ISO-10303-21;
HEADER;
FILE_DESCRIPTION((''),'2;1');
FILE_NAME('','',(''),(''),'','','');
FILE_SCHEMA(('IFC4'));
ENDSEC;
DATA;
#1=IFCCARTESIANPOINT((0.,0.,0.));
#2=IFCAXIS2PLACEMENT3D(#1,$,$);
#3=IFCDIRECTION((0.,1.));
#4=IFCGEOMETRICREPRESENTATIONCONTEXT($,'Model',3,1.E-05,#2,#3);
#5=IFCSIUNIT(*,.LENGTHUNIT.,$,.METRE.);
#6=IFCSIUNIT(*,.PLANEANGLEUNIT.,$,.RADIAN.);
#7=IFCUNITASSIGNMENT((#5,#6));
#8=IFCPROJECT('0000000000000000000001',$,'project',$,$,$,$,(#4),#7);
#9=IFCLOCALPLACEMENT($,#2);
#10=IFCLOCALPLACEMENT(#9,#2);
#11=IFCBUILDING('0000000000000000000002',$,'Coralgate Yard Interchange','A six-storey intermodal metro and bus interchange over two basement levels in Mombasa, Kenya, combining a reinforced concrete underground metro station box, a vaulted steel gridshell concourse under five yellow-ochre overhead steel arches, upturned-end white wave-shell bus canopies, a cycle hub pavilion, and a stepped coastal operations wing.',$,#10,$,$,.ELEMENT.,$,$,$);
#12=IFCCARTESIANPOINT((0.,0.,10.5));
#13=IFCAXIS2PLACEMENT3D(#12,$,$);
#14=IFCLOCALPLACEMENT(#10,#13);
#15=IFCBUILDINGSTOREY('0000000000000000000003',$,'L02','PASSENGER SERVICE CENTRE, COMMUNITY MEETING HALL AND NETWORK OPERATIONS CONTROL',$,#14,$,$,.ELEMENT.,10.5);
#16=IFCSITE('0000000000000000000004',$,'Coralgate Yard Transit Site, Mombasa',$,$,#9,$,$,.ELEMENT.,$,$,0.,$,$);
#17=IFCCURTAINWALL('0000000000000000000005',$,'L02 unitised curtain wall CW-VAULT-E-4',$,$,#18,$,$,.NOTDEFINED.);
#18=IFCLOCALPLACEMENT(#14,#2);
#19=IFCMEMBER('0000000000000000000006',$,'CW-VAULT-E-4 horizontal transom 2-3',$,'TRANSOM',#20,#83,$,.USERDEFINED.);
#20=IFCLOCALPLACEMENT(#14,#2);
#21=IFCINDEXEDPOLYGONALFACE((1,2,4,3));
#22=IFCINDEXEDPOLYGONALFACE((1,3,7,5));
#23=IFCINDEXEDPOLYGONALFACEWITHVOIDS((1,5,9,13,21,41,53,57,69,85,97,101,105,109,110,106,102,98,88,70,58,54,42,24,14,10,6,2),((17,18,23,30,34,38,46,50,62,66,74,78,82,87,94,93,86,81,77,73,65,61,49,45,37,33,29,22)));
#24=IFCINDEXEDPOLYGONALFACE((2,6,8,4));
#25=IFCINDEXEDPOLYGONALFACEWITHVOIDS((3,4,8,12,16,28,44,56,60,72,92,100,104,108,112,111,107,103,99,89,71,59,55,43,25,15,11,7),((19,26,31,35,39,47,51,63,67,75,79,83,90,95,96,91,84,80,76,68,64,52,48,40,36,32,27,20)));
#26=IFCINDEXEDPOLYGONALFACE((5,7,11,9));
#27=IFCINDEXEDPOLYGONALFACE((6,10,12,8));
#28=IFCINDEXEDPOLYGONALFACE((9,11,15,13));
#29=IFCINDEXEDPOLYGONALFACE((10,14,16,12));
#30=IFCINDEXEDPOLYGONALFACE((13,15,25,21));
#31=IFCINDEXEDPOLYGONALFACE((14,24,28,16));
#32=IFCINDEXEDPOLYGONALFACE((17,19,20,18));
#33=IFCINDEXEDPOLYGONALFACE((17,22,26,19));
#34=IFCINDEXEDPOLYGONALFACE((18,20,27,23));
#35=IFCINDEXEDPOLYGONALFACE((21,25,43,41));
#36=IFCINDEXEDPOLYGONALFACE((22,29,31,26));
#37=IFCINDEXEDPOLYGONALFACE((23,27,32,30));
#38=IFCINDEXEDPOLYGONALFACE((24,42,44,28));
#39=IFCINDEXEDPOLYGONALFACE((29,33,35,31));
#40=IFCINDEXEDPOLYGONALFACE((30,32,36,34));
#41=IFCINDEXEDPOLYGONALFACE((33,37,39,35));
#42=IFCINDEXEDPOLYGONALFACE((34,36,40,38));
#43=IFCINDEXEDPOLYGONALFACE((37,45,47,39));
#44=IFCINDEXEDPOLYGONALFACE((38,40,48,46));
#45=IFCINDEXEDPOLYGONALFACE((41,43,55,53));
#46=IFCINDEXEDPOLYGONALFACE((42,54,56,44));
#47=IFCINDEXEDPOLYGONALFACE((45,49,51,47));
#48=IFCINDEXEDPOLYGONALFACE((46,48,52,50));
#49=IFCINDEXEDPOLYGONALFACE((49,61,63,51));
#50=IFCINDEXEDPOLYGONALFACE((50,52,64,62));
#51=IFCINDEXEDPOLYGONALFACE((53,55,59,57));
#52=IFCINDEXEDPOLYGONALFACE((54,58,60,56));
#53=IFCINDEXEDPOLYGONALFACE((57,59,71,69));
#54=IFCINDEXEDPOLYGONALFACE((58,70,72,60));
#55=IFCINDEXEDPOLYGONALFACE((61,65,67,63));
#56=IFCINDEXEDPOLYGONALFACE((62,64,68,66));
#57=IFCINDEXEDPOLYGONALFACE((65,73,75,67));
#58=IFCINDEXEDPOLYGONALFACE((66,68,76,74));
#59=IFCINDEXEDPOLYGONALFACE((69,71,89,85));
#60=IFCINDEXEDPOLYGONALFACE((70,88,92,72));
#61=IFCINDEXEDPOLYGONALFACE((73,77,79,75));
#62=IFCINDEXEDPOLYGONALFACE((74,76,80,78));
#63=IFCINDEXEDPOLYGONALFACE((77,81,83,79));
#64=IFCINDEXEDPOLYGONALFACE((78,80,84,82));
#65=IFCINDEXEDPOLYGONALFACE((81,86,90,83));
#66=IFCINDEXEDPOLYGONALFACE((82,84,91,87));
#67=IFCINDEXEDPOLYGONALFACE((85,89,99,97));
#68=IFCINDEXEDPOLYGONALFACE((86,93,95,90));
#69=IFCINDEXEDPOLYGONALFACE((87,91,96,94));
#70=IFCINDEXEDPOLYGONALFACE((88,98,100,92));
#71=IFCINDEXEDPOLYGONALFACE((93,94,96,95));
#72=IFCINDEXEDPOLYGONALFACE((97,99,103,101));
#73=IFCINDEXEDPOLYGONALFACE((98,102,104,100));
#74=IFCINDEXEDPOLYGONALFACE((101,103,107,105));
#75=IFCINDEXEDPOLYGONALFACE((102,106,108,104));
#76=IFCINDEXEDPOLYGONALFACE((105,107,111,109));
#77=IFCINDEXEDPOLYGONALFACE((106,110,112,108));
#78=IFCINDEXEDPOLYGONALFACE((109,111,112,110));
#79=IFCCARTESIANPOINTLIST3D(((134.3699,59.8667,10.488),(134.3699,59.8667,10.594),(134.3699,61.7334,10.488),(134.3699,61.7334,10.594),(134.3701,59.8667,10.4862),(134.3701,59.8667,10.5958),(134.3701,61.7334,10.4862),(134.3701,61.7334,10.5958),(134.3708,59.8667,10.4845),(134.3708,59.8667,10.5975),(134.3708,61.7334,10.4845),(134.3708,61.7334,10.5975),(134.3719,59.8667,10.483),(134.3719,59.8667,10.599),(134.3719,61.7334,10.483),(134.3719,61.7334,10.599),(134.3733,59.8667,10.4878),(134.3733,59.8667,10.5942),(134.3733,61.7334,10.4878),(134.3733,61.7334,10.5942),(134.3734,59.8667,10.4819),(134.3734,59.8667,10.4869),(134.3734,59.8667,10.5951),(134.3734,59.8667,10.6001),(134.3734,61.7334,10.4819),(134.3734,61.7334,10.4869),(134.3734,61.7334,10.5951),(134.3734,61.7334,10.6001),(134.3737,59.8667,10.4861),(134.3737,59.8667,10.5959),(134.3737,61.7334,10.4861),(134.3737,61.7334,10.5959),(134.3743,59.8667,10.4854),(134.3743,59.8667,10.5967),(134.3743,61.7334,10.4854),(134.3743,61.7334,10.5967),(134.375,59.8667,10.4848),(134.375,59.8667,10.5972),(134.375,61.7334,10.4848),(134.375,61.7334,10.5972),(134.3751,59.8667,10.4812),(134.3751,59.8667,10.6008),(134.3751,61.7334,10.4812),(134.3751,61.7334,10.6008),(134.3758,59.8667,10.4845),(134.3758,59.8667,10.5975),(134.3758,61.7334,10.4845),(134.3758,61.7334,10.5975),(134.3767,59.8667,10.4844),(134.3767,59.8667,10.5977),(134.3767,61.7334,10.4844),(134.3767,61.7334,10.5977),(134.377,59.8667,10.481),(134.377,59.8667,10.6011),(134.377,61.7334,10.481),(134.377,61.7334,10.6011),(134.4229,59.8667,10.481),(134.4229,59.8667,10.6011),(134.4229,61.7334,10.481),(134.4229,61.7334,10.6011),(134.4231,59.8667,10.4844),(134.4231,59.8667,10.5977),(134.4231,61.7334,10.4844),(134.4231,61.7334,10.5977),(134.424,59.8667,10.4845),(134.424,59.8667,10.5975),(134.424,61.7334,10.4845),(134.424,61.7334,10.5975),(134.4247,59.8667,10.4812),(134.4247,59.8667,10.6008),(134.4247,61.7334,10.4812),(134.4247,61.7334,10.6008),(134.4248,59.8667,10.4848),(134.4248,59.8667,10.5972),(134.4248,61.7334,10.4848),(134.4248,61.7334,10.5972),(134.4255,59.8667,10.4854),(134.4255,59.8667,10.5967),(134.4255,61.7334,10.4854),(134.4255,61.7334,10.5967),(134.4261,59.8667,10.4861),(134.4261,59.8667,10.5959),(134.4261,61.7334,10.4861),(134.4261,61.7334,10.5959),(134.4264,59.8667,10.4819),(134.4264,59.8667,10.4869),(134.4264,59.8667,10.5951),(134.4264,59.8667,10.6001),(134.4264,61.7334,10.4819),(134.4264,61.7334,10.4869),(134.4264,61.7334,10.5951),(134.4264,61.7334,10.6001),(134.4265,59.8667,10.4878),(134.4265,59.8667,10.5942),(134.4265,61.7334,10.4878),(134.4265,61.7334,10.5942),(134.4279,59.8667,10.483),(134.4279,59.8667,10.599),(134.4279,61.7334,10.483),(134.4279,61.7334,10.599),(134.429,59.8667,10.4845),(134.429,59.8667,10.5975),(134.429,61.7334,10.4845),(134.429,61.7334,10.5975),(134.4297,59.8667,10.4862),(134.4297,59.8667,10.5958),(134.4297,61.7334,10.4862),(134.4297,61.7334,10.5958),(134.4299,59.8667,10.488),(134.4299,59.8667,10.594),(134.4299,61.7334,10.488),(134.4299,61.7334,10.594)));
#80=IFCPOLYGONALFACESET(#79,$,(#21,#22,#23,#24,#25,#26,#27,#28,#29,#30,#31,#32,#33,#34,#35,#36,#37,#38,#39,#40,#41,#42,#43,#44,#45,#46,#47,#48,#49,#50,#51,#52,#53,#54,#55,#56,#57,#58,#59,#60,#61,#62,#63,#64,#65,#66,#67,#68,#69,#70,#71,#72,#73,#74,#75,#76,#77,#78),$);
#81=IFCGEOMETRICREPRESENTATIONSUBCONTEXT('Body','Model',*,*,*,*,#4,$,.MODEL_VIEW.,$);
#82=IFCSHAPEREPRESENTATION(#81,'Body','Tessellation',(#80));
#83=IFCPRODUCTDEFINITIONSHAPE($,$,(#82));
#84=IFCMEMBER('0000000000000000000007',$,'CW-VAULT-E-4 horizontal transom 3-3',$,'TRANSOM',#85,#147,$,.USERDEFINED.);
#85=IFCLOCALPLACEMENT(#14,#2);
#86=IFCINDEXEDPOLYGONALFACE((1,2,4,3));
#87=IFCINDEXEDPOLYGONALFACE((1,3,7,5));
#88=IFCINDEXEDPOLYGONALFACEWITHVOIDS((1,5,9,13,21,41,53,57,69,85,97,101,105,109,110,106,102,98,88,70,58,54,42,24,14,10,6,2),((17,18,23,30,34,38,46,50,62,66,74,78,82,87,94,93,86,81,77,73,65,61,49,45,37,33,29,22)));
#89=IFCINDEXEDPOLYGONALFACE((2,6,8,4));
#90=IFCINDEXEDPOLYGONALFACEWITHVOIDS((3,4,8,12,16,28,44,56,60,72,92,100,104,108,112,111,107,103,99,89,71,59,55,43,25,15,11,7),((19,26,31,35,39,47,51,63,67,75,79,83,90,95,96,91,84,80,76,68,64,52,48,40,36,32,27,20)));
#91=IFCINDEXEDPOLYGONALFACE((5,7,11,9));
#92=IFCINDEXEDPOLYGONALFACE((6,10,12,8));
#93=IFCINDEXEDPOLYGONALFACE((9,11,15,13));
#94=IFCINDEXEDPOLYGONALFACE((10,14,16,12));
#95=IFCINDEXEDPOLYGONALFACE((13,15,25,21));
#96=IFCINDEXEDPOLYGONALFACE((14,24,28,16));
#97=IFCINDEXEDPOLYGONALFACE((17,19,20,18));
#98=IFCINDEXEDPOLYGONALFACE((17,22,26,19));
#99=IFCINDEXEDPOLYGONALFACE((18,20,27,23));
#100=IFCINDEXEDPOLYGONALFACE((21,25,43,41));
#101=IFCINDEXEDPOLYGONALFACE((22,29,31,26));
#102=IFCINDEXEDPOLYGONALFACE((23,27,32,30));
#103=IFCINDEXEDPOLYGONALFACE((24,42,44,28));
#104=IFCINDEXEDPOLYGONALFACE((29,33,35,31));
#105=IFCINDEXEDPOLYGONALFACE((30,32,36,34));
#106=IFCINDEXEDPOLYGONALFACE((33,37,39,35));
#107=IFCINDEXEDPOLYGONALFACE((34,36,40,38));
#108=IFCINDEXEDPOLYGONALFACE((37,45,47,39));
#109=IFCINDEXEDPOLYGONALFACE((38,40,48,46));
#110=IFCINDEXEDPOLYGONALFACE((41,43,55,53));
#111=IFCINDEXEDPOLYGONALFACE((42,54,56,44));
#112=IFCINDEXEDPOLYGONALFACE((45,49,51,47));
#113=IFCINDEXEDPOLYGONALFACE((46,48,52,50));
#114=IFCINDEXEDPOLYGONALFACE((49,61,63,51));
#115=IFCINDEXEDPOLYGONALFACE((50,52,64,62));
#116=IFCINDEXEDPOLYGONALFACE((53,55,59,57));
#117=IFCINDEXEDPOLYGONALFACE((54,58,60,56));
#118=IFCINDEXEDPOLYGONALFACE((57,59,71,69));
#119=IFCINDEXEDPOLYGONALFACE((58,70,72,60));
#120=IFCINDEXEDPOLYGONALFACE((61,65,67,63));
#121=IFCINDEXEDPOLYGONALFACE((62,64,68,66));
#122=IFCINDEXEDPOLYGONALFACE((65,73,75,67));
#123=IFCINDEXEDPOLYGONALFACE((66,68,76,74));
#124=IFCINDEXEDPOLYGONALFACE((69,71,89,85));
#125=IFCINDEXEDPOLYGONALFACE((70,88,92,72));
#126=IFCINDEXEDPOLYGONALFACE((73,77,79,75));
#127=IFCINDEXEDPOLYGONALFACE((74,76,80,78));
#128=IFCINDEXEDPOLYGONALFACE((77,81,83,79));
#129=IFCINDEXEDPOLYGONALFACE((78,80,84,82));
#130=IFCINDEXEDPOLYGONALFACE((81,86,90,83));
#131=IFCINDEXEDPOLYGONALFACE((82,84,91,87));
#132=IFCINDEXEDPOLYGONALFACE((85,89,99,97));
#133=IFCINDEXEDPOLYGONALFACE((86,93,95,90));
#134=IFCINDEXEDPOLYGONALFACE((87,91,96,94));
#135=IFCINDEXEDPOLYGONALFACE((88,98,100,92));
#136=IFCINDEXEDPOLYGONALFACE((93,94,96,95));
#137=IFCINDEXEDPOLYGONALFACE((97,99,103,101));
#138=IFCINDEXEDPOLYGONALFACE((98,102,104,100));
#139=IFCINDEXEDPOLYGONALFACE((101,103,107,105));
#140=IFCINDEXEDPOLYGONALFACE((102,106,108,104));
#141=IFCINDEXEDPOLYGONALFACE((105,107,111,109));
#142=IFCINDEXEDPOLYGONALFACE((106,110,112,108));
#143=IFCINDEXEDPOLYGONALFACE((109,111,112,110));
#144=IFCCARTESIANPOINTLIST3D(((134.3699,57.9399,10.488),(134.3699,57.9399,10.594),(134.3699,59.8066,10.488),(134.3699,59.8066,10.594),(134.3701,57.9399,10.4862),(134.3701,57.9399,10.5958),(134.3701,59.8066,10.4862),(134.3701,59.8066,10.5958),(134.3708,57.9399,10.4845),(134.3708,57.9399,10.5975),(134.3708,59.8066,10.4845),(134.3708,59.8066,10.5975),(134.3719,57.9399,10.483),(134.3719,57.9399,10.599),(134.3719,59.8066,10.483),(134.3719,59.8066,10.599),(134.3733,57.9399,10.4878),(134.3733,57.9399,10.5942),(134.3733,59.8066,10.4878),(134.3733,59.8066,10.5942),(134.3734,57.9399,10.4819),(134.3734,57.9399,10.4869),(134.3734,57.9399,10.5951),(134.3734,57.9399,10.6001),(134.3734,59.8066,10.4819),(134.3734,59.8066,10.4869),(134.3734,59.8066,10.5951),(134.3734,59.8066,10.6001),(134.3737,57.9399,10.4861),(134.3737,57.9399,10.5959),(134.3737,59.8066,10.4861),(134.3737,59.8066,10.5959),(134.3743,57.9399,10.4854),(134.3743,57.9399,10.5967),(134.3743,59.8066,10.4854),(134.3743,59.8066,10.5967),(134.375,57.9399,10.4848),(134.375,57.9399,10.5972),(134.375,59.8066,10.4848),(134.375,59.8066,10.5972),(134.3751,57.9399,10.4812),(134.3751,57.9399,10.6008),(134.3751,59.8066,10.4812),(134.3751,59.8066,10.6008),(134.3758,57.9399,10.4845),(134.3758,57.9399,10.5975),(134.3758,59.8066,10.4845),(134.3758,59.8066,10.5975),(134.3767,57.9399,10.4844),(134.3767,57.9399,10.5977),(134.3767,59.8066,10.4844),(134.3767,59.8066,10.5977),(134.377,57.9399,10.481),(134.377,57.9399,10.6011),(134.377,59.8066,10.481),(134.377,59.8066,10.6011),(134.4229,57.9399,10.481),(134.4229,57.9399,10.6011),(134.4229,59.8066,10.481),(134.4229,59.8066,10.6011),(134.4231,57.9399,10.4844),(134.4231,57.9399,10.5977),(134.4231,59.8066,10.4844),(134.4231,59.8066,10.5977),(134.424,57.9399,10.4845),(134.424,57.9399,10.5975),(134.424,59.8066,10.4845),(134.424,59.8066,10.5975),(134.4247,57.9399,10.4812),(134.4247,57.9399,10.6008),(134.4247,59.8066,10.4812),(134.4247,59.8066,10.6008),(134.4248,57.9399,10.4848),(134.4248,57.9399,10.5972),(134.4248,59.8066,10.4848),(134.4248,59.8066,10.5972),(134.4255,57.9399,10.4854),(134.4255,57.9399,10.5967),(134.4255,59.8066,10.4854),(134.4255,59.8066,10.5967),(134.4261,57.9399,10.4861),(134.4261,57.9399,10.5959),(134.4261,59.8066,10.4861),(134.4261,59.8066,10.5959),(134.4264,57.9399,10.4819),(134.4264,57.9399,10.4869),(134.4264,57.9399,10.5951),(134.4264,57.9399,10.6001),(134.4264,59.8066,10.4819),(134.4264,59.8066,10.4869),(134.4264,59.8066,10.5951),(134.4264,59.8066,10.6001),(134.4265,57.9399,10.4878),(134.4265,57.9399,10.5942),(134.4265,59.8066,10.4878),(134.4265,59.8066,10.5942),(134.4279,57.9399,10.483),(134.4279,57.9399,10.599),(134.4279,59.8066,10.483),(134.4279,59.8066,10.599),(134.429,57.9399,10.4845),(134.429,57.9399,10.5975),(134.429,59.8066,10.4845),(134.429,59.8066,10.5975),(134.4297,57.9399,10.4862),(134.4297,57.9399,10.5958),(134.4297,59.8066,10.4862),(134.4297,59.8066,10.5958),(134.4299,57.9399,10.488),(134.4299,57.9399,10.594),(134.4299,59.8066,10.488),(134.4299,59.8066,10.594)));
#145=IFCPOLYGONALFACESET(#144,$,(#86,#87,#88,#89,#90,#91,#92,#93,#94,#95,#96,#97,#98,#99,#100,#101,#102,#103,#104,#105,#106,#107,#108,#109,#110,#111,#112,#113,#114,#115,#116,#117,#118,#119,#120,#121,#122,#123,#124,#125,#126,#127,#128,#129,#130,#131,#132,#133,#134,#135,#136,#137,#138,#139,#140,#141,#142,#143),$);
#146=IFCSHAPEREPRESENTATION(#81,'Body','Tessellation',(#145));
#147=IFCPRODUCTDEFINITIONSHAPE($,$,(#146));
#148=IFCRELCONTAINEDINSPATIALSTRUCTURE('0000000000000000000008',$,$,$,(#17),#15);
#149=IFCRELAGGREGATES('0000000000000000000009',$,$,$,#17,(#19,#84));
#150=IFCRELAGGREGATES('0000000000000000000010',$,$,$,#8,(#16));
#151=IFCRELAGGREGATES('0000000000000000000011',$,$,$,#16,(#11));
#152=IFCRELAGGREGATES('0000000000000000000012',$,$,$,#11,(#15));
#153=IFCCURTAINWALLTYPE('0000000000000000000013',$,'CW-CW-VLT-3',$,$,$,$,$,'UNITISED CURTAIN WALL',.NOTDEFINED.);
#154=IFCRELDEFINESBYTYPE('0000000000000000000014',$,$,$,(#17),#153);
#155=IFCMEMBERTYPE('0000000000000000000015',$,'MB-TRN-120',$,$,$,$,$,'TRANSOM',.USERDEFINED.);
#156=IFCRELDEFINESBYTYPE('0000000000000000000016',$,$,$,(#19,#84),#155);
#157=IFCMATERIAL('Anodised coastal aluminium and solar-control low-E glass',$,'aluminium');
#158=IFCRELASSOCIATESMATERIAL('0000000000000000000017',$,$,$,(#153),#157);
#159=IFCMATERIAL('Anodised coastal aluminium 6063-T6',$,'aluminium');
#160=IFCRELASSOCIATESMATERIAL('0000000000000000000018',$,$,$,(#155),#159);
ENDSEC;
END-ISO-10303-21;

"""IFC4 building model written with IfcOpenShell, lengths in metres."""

from ifc_helpers import new_model, si_unit, direction, frame, origin, origin_2d, place, context, subcontext, project, spatial, hollow_rectangle, extrude, material, material_profile, profile_set, type_object, element, aggregate, save


model = new_model("IFC4")

# Units and contexts
model_context = context("Model", 3, precision=1e-05, world=origin(), true_north=direction((0.0, 1.0)))
body_context = subcontext(model_context, "Body", "Model", "MODEL_VIEW")
ifc_project = project(units=[si_unit("LENGTHUNIT", "METRE"), si_unit("PLANEANGLEUNIT", "RADIAN")], contexts=[model_context])

# Site, building, storey
site_placement = place(None, origin())
site = spatial("IfcSite", under=ifc_project, at=site_placement, Name="Coralgate Yard Transit Site, Mombasa", CompositionType="ELEMENT", RefElevation=0.0)
building_placement = place(site_placement, origin())
building = spatial("IfcBuilding", under=site, at=building_placement, Name="Coralgate Yard Interchange", Description="A six-storey intermodal metro and bus interchange over two basement levels in Mombasa, Kenya, combining a reinforced concrete underground metro station box, a vaulted steel gridshell concourse under five yellow-ochre overhead steel arches, upturned-end white wave-shell bus canopies, a cycle hub pavilion, and a stepped coastal operations wing.", CompositionType="ELEMENT")
storey_placement = place(building_placement, frame((0.0, 0.0, 10.5)))
storey = spatial("IfcBuildingStorey", under=building, at=storey_placement, Name="L02", Description="PASSENGER SERVICE CENTRE, COMMUNITY MEETING HALL AND NETWORK OPERATIONS CONTROL", CompositionType="ELEMENT", Elevation=10.5)

# Curtain wall, members
ifc_material_1 = material(Name="Anodised coastal aluminium and solar-control low-E glass", Category="aluminium")
curtain_wall_type_1 = type_object("IfcCurtainWallType", Name="CW-CW-VLT-3", ElementType="UNITISED CURTAIN WALL", PredefinedType="NOTDEFINED", material=ifc_material_1)
ifc_material_2 = material(Name="Anodised coastal aluminium 6063-T6", Category="aluminium")
ifc_material_profile_1 = material_profile(ifc_material_2, hollow_rectangle(XDim=0.0601, YDim=0.1201, WallThickness=0.0034, InnerFilletRadius=0.0034, OuterFilletRadius=0.0071, at=origin_2d()), Name="ALU 60x120x3.5")
ifc_profile_set_1 = profile_set([ifc_material_profile_1], Name="Anodised coastal aluminium 6063-T6")
member_type_1 = type_object("IfcMemberType", Name="MB-TRN-120", ElementType="TRANSOM", PredefinedType="USERDEFINED", material=ifc_profile_set_1)
curtain_wall_1_placement = place(storey_placement, origin())
curtain_wall_1 = element("IfcCurtainWall", 1, at=curtain_wall_1_placement, inside=storey, type_object=curtain_wall_type_1, Name="L02 unitised curtain wall CW-VAULT-E-4", PredefinedType="NOTDEFINED")
member_1_placement = place(storey_placement, frame((134.3999, 61.7334, 10.541), z_axis=(0.0, -1.0, 0.0), x_axis=(1.0, 0.0, 0.0)))
member_1 = element("IfcMember", 2, at=member_1_placement, type_object=member_type_1, Name="CW-VAULT-E-4 horizontal transom 2-3", ObjectType="TRANSOM", PredefinedType="USERDEFINED", context=body_context, shape_type="SweptSolid", body=[
    extrude(hollow_rectangle(XDim=0.0601, YDim=0.1201, WallThickness=0.0034, InnerFilletRadius=0.0034, OuterFilletRadius=0.0071, at=origin_2d()), origin(), (0.0, 0.0, 1.0), 1.8667),
])
member_2_placement = place(storey_placement, frame((134.3999, 59.8066, 10.541), z_axis=(0.0, -1.0, 0.0), x_axis=(1.0, 0.0, 0.0)))
member_2 = element("IfcMember", 3, at=member_2_placement, type_object=member_type_1, Name="CW-VAULT-E-4 horizontal transom 3-3", ObjectType="TRANSOM", PredefinedType="USERDEFINED", context=body_context, shape_type="SweptSolid", body=[
    extrude(hollow_rectangle(XDim=0.0601, YDim=0.1201, WallThickness=0.0034, InnerFilletRadius=0.0034, OuterFilletRadius=0.0071, at=origin_2d()), origin(), (0.0, 0.0, 1.0), 1.8667),
])

aggregate(curtain_wall_1, [member_1, member_2])

save(model, "model.ifc")
